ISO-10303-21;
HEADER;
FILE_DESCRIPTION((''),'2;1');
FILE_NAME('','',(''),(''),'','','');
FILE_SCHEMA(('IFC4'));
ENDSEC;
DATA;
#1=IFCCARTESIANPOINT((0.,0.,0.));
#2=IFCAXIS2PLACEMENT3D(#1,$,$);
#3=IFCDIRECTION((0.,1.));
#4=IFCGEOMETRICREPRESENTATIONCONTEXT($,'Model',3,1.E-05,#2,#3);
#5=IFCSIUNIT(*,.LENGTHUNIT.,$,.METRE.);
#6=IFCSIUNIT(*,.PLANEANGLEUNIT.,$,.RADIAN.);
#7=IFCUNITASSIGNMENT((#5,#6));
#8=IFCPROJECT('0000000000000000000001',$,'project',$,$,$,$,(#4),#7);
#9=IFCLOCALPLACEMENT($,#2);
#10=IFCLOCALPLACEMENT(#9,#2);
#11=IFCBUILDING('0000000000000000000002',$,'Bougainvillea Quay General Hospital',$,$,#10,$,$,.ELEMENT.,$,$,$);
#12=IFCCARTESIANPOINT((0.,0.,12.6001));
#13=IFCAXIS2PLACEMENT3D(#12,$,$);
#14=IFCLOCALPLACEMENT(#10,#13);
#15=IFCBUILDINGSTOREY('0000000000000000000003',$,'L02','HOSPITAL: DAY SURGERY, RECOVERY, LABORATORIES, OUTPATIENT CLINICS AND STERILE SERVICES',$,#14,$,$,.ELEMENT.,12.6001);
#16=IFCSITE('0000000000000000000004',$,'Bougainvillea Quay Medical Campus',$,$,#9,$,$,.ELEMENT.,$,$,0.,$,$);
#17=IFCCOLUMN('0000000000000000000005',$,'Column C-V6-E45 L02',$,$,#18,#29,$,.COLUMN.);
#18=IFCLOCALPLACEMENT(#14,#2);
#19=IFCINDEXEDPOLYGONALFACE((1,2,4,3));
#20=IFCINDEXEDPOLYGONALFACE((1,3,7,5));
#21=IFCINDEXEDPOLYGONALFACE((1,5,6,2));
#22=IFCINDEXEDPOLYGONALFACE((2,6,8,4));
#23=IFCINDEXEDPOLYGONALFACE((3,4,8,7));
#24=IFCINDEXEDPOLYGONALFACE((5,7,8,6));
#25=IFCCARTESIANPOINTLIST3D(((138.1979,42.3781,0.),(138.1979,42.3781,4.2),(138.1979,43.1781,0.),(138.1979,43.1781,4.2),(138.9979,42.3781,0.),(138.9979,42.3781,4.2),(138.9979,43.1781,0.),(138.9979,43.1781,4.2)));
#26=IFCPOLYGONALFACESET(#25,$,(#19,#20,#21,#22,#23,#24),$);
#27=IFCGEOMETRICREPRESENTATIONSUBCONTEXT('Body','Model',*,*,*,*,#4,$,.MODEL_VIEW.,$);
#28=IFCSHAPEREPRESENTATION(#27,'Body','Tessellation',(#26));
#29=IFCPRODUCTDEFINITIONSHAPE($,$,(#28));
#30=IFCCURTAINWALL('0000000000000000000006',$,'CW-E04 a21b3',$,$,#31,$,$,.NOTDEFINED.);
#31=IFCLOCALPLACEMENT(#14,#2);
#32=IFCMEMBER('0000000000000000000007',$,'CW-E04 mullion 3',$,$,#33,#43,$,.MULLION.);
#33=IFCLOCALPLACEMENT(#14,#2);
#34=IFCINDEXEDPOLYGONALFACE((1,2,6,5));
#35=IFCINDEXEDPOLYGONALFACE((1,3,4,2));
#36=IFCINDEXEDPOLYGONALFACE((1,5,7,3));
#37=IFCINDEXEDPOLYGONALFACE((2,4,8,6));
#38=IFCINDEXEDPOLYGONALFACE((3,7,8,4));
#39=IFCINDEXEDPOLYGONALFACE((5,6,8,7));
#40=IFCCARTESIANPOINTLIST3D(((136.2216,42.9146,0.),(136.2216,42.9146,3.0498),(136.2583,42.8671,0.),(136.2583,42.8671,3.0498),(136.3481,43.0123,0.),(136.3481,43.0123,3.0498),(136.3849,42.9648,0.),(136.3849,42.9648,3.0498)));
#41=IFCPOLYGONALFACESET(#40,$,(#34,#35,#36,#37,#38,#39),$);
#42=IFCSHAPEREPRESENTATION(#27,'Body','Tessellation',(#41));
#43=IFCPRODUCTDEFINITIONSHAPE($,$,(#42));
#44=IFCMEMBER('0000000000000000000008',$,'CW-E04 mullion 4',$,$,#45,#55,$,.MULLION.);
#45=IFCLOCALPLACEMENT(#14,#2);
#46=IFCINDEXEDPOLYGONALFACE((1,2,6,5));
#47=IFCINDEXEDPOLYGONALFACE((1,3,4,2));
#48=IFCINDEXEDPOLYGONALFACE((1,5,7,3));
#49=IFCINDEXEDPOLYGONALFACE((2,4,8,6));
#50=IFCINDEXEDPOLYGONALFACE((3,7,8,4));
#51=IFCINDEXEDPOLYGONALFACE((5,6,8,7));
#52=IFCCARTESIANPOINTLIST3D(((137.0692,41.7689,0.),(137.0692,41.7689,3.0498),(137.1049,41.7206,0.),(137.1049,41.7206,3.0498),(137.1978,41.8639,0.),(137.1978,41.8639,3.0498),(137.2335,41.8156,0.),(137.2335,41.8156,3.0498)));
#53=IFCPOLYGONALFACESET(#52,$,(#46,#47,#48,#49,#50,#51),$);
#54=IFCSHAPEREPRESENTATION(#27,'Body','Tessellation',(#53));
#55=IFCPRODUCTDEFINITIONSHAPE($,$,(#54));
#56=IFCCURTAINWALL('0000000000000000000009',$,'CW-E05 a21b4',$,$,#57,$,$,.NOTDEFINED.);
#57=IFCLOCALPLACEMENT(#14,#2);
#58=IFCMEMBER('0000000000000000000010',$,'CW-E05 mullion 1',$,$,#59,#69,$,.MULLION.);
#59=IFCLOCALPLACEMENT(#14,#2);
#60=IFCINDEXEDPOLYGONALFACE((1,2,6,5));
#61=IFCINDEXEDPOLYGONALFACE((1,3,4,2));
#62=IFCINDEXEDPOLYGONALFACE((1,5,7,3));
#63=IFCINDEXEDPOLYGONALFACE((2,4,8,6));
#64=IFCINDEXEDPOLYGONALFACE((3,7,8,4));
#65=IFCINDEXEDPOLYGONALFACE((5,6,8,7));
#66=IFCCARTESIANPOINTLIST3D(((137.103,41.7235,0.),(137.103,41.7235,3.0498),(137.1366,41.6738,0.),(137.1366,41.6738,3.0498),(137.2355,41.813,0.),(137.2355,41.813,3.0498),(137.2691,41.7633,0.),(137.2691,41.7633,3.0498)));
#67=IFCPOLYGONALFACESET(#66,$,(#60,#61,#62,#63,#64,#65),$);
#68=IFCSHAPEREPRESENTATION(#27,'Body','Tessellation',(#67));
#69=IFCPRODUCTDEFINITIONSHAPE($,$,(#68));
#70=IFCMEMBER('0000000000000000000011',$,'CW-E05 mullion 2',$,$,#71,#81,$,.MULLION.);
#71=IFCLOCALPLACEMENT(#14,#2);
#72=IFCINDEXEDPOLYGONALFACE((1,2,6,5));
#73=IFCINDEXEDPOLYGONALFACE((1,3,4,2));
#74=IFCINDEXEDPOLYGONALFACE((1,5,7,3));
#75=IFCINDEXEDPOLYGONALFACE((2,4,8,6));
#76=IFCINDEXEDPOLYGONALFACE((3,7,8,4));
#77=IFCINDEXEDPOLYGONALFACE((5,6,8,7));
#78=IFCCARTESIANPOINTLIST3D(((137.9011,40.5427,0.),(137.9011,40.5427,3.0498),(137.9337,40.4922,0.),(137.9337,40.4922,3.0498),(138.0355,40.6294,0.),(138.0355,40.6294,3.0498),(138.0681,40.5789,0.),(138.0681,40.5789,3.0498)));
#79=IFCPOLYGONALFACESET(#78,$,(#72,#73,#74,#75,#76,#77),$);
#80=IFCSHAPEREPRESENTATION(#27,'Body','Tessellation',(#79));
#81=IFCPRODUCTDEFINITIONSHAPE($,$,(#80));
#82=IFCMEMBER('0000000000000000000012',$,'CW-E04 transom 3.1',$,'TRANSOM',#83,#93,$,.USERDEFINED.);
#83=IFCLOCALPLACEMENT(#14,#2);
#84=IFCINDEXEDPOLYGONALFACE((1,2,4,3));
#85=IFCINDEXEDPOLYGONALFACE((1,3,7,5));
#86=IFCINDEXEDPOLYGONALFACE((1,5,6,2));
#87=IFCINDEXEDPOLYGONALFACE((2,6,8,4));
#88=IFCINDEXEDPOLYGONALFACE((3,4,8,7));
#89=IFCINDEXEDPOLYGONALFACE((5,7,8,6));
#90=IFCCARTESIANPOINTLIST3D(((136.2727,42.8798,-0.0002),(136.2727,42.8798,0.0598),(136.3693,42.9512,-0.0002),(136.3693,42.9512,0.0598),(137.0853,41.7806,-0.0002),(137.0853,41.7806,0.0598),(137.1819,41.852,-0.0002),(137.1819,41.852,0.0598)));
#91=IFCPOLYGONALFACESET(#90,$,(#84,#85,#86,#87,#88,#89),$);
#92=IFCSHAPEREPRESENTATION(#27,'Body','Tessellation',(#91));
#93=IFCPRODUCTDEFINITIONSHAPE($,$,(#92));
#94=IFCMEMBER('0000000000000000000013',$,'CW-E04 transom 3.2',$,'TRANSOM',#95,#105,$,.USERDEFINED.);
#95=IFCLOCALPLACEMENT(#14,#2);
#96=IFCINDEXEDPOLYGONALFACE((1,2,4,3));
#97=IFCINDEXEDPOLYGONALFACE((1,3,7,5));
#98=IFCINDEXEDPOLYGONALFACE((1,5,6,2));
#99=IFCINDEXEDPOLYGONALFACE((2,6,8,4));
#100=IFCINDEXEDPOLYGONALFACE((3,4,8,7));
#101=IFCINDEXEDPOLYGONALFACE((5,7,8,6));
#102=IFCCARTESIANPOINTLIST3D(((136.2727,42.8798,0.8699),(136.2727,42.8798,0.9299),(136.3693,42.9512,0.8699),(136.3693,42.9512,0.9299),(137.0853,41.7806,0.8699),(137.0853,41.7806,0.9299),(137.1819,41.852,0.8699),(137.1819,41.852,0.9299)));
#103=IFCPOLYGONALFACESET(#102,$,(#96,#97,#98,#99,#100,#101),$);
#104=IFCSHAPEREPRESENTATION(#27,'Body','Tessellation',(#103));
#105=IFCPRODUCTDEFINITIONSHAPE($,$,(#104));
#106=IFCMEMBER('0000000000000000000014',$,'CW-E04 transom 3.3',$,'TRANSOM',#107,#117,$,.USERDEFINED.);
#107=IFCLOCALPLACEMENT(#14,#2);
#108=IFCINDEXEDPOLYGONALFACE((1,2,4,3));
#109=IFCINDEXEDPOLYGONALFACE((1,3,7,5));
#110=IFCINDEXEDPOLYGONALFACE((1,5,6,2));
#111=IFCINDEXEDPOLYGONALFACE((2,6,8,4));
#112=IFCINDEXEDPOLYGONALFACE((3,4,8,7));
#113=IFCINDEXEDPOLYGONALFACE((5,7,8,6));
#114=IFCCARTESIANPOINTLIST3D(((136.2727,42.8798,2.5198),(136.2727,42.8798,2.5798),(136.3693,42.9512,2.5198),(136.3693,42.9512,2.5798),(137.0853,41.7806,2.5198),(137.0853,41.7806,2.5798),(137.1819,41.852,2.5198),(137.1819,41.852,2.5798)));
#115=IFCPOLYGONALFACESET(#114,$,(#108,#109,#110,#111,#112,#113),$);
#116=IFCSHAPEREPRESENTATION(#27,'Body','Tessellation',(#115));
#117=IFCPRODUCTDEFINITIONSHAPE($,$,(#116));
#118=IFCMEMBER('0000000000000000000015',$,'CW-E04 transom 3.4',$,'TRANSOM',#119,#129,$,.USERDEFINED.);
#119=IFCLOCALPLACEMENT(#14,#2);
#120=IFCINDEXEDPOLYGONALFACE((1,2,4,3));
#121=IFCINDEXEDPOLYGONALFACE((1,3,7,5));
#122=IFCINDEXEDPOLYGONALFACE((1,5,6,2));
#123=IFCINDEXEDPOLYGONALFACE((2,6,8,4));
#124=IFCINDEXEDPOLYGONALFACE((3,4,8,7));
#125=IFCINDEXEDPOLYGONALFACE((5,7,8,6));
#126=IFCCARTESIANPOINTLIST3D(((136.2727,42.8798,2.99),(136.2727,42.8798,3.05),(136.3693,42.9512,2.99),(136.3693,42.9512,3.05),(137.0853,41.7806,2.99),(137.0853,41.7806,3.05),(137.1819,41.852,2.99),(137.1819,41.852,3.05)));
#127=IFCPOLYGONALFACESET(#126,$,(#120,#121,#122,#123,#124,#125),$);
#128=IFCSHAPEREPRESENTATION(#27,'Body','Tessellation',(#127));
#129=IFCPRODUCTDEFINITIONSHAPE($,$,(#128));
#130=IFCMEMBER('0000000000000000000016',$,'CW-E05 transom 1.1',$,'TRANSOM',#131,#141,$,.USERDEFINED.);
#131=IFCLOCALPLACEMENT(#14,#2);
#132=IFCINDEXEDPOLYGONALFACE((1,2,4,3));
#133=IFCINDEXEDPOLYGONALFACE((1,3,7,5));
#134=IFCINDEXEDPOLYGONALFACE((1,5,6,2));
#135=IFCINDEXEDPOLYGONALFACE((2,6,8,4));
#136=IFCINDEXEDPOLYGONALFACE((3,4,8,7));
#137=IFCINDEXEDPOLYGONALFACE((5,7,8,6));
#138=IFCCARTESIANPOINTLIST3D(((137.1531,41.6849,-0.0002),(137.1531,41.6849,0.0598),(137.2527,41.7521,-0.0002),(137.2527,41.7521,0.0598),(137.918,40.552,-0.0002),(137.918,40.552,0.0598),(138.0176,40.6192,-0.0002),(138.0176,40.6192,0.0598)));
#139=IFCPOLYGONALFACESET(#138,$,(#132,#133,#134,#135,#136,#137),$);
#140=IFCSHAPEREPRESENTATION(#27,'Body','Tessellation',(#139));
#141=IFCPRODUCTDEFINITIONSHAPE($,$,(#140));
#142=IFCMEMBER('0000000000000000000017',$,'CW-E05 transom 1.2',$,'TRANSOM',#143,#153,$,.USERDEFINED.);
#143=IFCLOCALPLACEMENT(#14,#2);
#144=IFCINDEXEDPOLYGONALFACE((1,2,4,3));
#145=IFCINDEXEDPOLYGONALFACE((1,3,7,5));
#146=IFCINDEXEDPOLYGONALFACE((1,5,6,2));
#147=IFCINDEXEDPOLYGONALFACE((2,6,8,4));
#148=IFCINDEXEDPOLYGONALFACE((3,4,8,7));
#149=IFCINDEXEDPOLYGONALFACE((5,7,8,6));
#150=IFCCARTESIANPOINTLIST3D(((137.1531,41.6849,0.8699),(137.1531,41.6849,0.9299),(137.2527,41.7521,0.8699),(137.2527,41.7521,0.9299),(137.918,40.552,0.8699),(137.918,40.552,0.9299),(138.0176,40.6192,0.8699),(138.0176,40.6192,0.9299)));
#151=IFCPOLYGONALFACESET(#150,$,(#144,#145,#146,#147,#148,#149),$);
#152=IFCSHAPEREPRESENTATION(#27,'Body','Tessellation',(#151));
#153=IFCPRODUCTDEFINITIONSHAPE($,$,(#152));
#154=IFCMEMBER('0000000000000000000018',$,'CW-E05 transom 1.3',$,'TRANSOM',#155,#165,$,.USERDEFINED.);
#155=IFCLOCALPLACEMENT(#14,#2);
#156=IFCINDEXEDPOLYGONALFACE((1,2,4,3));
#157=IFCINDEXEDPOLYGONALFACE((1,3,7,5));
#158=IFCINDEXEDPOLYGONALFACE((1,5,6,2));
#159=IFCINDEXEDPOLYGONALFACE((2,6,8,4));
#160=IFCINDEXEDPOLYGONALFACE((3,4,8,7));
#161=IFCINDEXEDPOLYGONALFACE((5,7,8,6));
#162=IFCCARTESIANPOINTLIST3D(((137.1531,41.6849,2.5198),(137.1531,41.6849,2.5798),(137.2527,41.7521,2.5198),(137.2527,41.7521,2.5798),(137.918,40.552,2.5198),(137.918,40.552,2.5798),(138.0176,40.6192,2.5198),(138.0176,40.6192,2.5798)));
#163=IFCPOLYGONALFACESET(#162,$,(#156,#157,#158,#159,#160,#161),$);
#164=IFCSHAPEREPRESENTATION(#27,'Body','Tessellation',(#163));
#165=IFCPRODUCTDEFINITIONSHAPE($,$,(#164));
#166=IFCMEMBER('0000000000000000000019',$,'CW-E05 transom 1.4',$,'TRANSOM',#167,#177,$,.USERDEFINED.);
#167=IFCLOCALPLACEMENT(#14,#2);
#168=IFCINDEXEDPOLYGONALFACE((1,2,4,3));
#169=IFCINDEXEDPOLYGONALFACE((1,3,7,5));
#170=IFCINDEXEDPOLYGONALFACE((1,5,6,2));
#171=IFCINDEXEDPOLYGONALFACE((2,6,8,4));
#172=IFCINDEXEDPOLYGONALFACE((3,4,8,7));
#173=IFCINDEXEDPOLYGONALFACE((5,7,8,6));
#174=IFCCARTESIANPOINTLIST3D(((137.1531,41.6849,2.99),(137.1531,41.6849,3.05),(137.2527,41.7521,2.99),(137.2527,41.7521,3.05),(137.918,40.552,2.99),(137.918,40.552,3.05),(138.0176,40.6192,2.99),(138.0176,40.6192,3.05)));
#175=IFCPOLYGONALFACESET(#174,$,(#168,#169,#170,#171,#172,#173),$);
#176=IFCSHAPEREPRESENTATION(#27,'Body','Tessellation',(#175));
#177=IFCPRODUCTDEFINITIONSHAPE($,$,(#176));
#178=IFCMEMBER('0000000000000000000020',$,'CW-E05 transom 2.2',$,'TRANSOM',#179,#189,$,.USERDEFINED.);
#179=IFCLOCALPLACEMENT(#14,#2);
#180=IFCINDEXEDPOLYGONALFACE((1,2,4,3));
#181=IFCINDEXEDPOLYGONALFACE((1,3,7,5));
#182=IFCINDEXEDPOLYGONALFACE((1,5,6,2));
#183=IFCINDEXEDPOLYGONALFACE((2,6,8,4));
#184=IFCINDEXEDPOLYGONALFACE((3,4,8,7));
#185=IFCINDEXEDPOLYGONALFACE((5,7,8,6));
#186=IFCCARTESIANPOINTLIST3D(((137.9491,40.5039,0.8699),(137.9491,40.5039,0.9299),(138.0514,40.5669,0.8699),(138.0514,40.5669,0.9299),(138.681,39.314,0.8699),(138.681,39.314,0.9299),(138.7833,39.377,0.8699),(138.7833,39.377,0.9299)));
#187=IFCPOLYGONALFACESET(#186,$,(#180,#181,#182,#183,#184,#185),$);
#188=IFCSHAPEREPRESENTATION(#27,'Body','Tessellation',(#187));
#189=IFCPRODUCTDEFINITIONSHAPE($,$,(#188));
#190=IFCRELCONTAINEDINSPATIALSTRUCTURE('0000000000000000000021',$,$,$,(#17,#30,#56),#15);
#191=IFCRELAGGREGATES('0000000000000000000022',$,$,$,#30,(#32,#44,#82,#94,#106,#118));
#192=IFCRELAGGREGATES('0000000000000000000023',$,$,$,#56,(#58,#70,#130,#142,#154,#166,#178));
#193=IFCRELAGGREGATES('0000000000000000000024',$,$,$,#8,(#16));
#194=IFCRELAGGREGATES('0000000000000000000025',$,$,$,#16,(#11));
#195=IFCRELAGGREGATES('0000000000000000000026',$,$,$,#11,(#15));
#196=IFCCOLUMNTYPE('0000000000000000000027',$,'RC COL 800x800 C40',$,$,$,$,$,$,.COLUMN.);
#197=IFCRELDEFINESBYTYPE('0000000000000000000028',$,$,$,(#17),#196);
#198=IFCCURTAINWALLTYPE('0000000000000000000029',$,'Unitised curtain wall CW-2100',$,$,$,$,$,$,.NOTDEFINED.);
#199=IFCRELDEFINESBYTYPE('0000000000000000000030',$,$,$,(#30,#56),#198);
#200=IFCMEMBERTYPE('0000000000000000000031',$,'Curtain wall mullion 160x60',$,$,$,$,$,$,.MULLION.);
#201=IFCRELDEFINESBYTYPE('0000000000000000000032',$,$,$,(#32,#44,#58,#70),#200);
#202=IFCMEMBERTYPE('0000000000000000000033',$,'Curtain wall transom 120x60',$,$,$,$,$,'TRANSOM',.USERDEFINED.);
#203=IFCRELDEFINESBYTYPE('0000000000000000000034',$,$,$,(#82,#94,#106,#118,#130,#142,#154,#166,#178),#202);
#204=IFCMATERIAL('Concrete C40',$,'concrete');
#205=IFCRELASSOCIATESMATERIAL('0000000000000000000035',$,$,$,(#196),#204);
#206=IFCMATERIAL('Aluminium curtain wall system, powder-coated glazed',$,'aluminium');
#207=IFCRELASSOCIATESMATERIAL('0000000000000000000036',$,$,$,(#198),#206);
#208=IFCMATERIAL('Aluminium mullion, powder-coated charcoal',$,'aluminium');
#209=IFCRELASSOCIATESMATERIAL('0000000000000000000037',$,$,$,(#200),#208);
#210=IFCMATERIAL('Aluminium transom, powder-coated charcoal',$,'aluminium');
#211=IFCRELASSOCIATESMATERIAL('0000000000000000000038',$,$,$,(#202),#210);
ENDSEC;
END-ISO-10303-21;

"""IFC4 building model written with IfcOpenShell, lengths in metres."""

from ifc_helpers import new_model, si_unit, direction, frame, origin, origin_2d, place, context, subcontext, project, spatial, rectangle, extrude, material, material_profile, profile_set, type_object, element, aggregate, save


model = new_model("IFC4")

# Units and contexts
model_context = context("Model", 3, precision=1e-05, world=origin(), true_north=direction((0.0, 1.0)))
body_context = subcontext(model_context, "Body", "Model", "MODEL_VIEW")
ifc_project = project(units=[si_unit("LENGTHUNIT", "METRE"), si_unit("PLANEANGLEUNIT", "RADIAN")], contexts=[model_context])

# Site, building, storey
site_placement = place(None, origin())
site = spatial("IfcSite", under=ifc_project, at=site_placement, Name="Bougainvillea Quay Medical Campus", CompositionType="ELEMENT", RefElevation=0.0)
building_placement = place(site_placement, origin())
building = spatial("IfcBuilding", under=site, at=building_placement, Name="Bougainvillea Quay General Hospital", CompositionType="ELEMENT")
storey_placement = place(building_placement, frame((0.0, 0.0, 12.6001)))
storey = spatial("IfcBuildingStorey", under=building, at=storey_placement, Name="L02", Description="HOSPITAL: DAY SURGERY, RECOVERY, LABORATORIES, OUTPATIENT CLINICS AND STERILE SERVICES", CompositionType="ELEMENT", Elevation=12.6001)

# Column
ifc_material_1 = material(Name="Concrete C40", Category="concrete")
ifc_material_profile_1 = material_profile(ifc_material_1, rectangle(XDim=0.8, YDim=0.8, at=origin_2d()))
ifc_profile_set_1 = profile_set([ifc_material_profile_1], Name="Concrete C40")
column_type = type_object("IfcColumnType", Name="RC COL 800x800 C40", PredefinedType="COLUMN", material=ifc_profile_set_1)
column_placement = place(storey_placement, frame((138.5979, 42.7781, 0.0), z_axis=(0.0, 0.0, 1.0), x_axis=(1.0, 0.0, 0.0)))
element("IfcColumn", 1, at=column_placement, inside=storey, type_object=column_type, Name="Column C-V6-E45 L02", PredefinedType="COLUMN", context=body_context, shape_type="SweptSolid", body=[
    extrude(rectangle(XDim=0.8, YDim=0.8, at=origin_2d()), origin(), (0.0, 0.0, 1.0), 4.2),
])

# Curtain walls, members
ifc_material_2 = material(Name="Aluminium curtain wall system, powder-coated glazed", Category="aluminium")
curtain_wall_type = type_object("IfcCurtainWallType", Name="Unitised curtain wall CW-2100", PredefinedType="NOTDEFINED", material=ifc_material_2)
curtain_wall_1_placement = place(storey_placement, origin())
curtain_wall_1 = element("IfcCurtainWall", 2, at=curtain_wall_1_placement, inside=storey, type_object=curtain_wall_type, Name="CW-E04 a21b3", PredefinedType="NOTDEFINED")
ifc_material_3 = material(Name="Aluminium mullion, powder-coated charcoal", Category="aluminium")
ifc_material_profile_2 = material_profile(ifc_material_3, rectangle(XDim=0.1599, YDim=0.0601, at=origin_2d()))
ifc_profile_set_2 = profile_set([ifc_material_profile_2], Name="Aluminium mullion, powder-coated charcoal")
member_type_1 = type_object("IfcMemberType", Name="Curtain wall mullion 160x60", PredefinedType="MULLION", material=ifc_profile_set_2)
member_1_placement = place(storey_placement, frame((136.3032, 42.9397, 0.0), z_axis=(0.0, 0.0, 1.0), x_axis=(0.791337, 0.61138, 0.0)))
member_1 = element("IfcMember", 3, at=member_1_placement, type_object=member_type_1, Name="CW-E04 mullion 3", PredefinedType="MULLION", context=body_context, shape_type="SweptSolid", body=[
    extrude(rectangle(XDim=0.1599, YDim=0.0601, at=origin_2d()), origin(), (0.0, 0.0, 1.0), 3.0498),
])
member_2_placement = place(storey_placement, frame((137.1514, 41.7922, 0.0), z_axis=(0.0, 0.0, 1.0), x_axis=(0.804161, 0.594411, 0.0)))
member_2 = element("IfcMember", 4, at=member_2_placement, type_object=member_type_1, Name="CW-E04 mullion 4", PredefinedType="MULLION", context=body_context, shape_type="SweptSolid", body=[
    extrude(rectangle(XDim=0.1599, YDim=0.0601, at=origin_2d()), origin(), (0.0, 0.0, 1.0), 3.0498),
])
curtain_wall_2_placement = place(storey_placement, origin())
curtain_wall_2 = element("IfcCurtainWall", 5, at=curtain_wall_2_placement, inside=storey, type_object=curtain_wall_type, Name="CW-E05 a21b4", PredefinedType="NOTDEFINED")
member_3_placement = place(storey_placement, frame((137.186, 41.7434, 0.0), z_axis=(0.0, 0.0, 1.0), x_axis=(0.828712, 0.559675, 0.0)))
member_3 = element("IfcMember", 6, at=member_3_placement, type_object=member_type_1, Name="CW-E05 mullion 1", PredefinedType="MULLION", context=body_context, shape_type="SweptSolid", body=[
    extrude(rectangle(XDim=0.1599, YDim=0.0601, at=origin_2d()), origin(), (0.0, 0.0, 1.0), 3.0498),
])
member_4_placement = place(storey_placement, frame((137.9846, 40.5608, 0.0), z_axis=(0.0, 0.0, 1.0), x_axis=(0.840428, 0.541923, 0.0)))
member_4 = element("IfcMember", 7, at=member_4_placement, type_object=member_type_1, Name="CW-E05 mullion 2", PredefinedType="MULLION", context=body_context, shape_type="SweptSolid", body=[
    extrude(rectangle(XDim=0.1599, YDim=0.0601, at=origin_2d()), origin(), (0.0, 0.0, 1.0), 3.0498),
])

# Members
ifc_material_4 = material(Name="Aluminium transom, powder-coated charcoal", Category="aluminium")
ifc_material_profile_3 = material_profile(ifc_material_4, rectangle(XDim=0.1201, YDim=0.0601, at=origin_2d()))
ifc_profile_set_3 = profile_set([ifc_material_profile_3], Name="Aluminium transom, powder-coated charcoal")
member_type_2 = type_object("IfcMemberType", Name="Curtain wall transom 120x60", ElementType="TRANSOM", PredefinedType="USERDEFINED", material=ifc_profile_set_3)
member_5_placement = place(storey_placement, frame((136.321, 42.9155, 0.0298), z_axis=(0.594441, -0.804139, 0.0), x_axis=(0.804139, 0.594441, 0.0)))
member_5 = element("IfcMember", 8, at=member_5_placement, type_object=member_type_2, Name="CW-E04 transom 3.1", ObjectType="TRANSOM", PredefinedType="USERDEFINED", context=body_context, shape_type="SweptSolid", body=[
    extrude(rectangle(XDim=0.1201, YDim=0.0601, at=origin_2d()), origin(), (0.0, 0.0, 1.0), 1.3669),
])
member_6_placement = place(storey_placement, frame((136.321, 42.9155, 0.8999), z_axis=(0.594441, -0.804139, 0.0), x_axis=(0.804139, 0.594441, 0.0)))
member_6 = element("IfcMember", 9, at=member_6_placement, type_object=member_type_2, Name="CW-E04 transom 3.2", ObjectType="TRANSOM", PredefinedType="USERDEFINED", context=body_context, shape_type="SweptSolid", body=[
    extrude(rectangle(XDim=0.1201, YDim=0.0601, at=origin_2d()), origin(), (0.0, 0.0, 1.0), 1.3669),
])
member_7_placement = place(storey_placement, frame((136.321, 42.9155, 2.5498), z_axis=(0.594441, -0.804139, 0.0), x_axis=(0.804139, 0.594441, 0.0)))
member_7 = element("IfcMember", 10, at=member_7_placement, type_object=member_type_2, Name="CW-E04 transom 3.3", ObjectType="TRANSOM", PredefinedType="USERDEFINED", context=body_context, shape_type="SweptSolid", body=[
    extrude(rectangle(XDim=0.1201, YDim=0.0601, at=origin_2d()), origin(), (0.0, 0.0, 1.0), 1.3669),
])
member_8_placement = place(storey_placement, frame((136.321, 42.9155, 3.02), z_axis=(0.594441, -0.804139, 0.0), x_axis=(0.804139, 0.594441, 0.0)))
member_8 = element("IfcMember", 11, at=member_8_placement, type_object=member_type_2, Name="CW-E04 transom 3.4", ObjectType="TRANSOM", PredefinedType="USERDEFINED", context=body_context, shape_type="SweptSolid", body=[
    extrude(rectangle(XDim=0.1201, YDim=0.0601, at=origin_2d()), origin(), (0.0, 0.0, 1.0), 1.3669),
])
member_9_placement = place(storey_placement, frame((137.2029, 41.7185, 0.0298), z_axis=(0.559596, -0.828766, 0.0), x_axis=(0.828766, 0.559596, 0.0)))
member_9 = element("IfcMember", 12, at=member_9_placement, type_object=member_type_2, Name="CW-E05 transom 1.1", ObjectType="TRANSOM", PredefinedType="USERDEFINED", context=body_context, shape_type="SweptSolid", body=[
    extrude(rectangle(XDim=0.1201, YDim=0.0601, at=origin_2d()), origin(), (0.0, 0.0, 1.0), 1.3669),
])
member_10_placement = place(storey_placement, frame((137.2029, 41.7185, 0.8999), z_axis=(0.559596, -0.828766, 0.0), x_axis=(0.828766, 0.559596, 0.0)))
member_10 = element("IfcMember", 13, at=member_10_placement, type_object=member_type_2, Name="CW-E05 transom 1.2", ObjectType="TRANSOM", PredefinedType="USERDEFINED", context=body_context, shape_type="SweptSolid", body=[
    extrude(rectangle(XDim=0.1201, YDim=0.0601, at=origin_2d()), origin(), (0.0, 0.0, 1.0), 1.3669),
])
member_11_placement = place(storey_placement, frame((137.2029, 41.7185, 2.5498), z_axis=(0.559596, -0.828766, 0.0), x_axis=(0.828766, 0.559596, 0.0)))
member_11 = element("IfcMember", 14, at=member_11_placement, type_object=member_type_2, Name="CW-E05 transom 1.3", ObjectType="TRANSOM", PredefinedType="USERDEFINED", context=body_context, shape_type="SweptSolid", body=[
    extrude(rectangle(XDim=0.1201, YDim=0.0601, at=origin_2d()), origin(), (0.0, 0.0, 1.0), 1.3669),
])
member_12_placement = place(storey_placement, frame((137.2029, 41.7185, 3.02), z_axis=(0.559596, -0.828766, 0.0), x_axis=(0.828766, 0.559596, 0.0)))
member_12 = element("IfcMember", 15, at=member_12_placement, type_object=member_type_2, Name="CW-E05 transom 1.4", ObjectType="TRANSOM", PredefinedType="USERDEFINED", context=body_context, shape_type="SweptSolid", body=[
    extrude(rectangle(XDim=0.1201, YDim=0.0601, at=origin_2d()), origin(), (0.0, 0.0, 1.0), 1.3669),
])
member_13_placement = place(storey_placement, frame((138.0002, 40.5354, 0.8999), z_axis=(0.523922, -0.851766, 0.0), x_axis=(0.851766, 0.523922, 0.0)))
member_13 = element("IfcMember", 16, at=member_13_placement, type_object=member_type_2, Name="CW-E05 transom 2.2", ObjectType="TRANSOM", PredefinedType="USERDEFINED", context=body_context, shape_type="SweptSolid", body=[
    extrude(rectangle(XDim=0.1201, YDim=0.0601, at=origin_2d()), origin(), (0.0, 0.0, 1.0), 1.397),
])

aggregate(curtain_wall_1, [member_1, member_2, member_5, member_6, member_7, member_8])
aggregate(curtain_wall_2, [member_3, member_4, member_9, member_10, member_11, member_12, member_13])

save(model, "model.ifc")
